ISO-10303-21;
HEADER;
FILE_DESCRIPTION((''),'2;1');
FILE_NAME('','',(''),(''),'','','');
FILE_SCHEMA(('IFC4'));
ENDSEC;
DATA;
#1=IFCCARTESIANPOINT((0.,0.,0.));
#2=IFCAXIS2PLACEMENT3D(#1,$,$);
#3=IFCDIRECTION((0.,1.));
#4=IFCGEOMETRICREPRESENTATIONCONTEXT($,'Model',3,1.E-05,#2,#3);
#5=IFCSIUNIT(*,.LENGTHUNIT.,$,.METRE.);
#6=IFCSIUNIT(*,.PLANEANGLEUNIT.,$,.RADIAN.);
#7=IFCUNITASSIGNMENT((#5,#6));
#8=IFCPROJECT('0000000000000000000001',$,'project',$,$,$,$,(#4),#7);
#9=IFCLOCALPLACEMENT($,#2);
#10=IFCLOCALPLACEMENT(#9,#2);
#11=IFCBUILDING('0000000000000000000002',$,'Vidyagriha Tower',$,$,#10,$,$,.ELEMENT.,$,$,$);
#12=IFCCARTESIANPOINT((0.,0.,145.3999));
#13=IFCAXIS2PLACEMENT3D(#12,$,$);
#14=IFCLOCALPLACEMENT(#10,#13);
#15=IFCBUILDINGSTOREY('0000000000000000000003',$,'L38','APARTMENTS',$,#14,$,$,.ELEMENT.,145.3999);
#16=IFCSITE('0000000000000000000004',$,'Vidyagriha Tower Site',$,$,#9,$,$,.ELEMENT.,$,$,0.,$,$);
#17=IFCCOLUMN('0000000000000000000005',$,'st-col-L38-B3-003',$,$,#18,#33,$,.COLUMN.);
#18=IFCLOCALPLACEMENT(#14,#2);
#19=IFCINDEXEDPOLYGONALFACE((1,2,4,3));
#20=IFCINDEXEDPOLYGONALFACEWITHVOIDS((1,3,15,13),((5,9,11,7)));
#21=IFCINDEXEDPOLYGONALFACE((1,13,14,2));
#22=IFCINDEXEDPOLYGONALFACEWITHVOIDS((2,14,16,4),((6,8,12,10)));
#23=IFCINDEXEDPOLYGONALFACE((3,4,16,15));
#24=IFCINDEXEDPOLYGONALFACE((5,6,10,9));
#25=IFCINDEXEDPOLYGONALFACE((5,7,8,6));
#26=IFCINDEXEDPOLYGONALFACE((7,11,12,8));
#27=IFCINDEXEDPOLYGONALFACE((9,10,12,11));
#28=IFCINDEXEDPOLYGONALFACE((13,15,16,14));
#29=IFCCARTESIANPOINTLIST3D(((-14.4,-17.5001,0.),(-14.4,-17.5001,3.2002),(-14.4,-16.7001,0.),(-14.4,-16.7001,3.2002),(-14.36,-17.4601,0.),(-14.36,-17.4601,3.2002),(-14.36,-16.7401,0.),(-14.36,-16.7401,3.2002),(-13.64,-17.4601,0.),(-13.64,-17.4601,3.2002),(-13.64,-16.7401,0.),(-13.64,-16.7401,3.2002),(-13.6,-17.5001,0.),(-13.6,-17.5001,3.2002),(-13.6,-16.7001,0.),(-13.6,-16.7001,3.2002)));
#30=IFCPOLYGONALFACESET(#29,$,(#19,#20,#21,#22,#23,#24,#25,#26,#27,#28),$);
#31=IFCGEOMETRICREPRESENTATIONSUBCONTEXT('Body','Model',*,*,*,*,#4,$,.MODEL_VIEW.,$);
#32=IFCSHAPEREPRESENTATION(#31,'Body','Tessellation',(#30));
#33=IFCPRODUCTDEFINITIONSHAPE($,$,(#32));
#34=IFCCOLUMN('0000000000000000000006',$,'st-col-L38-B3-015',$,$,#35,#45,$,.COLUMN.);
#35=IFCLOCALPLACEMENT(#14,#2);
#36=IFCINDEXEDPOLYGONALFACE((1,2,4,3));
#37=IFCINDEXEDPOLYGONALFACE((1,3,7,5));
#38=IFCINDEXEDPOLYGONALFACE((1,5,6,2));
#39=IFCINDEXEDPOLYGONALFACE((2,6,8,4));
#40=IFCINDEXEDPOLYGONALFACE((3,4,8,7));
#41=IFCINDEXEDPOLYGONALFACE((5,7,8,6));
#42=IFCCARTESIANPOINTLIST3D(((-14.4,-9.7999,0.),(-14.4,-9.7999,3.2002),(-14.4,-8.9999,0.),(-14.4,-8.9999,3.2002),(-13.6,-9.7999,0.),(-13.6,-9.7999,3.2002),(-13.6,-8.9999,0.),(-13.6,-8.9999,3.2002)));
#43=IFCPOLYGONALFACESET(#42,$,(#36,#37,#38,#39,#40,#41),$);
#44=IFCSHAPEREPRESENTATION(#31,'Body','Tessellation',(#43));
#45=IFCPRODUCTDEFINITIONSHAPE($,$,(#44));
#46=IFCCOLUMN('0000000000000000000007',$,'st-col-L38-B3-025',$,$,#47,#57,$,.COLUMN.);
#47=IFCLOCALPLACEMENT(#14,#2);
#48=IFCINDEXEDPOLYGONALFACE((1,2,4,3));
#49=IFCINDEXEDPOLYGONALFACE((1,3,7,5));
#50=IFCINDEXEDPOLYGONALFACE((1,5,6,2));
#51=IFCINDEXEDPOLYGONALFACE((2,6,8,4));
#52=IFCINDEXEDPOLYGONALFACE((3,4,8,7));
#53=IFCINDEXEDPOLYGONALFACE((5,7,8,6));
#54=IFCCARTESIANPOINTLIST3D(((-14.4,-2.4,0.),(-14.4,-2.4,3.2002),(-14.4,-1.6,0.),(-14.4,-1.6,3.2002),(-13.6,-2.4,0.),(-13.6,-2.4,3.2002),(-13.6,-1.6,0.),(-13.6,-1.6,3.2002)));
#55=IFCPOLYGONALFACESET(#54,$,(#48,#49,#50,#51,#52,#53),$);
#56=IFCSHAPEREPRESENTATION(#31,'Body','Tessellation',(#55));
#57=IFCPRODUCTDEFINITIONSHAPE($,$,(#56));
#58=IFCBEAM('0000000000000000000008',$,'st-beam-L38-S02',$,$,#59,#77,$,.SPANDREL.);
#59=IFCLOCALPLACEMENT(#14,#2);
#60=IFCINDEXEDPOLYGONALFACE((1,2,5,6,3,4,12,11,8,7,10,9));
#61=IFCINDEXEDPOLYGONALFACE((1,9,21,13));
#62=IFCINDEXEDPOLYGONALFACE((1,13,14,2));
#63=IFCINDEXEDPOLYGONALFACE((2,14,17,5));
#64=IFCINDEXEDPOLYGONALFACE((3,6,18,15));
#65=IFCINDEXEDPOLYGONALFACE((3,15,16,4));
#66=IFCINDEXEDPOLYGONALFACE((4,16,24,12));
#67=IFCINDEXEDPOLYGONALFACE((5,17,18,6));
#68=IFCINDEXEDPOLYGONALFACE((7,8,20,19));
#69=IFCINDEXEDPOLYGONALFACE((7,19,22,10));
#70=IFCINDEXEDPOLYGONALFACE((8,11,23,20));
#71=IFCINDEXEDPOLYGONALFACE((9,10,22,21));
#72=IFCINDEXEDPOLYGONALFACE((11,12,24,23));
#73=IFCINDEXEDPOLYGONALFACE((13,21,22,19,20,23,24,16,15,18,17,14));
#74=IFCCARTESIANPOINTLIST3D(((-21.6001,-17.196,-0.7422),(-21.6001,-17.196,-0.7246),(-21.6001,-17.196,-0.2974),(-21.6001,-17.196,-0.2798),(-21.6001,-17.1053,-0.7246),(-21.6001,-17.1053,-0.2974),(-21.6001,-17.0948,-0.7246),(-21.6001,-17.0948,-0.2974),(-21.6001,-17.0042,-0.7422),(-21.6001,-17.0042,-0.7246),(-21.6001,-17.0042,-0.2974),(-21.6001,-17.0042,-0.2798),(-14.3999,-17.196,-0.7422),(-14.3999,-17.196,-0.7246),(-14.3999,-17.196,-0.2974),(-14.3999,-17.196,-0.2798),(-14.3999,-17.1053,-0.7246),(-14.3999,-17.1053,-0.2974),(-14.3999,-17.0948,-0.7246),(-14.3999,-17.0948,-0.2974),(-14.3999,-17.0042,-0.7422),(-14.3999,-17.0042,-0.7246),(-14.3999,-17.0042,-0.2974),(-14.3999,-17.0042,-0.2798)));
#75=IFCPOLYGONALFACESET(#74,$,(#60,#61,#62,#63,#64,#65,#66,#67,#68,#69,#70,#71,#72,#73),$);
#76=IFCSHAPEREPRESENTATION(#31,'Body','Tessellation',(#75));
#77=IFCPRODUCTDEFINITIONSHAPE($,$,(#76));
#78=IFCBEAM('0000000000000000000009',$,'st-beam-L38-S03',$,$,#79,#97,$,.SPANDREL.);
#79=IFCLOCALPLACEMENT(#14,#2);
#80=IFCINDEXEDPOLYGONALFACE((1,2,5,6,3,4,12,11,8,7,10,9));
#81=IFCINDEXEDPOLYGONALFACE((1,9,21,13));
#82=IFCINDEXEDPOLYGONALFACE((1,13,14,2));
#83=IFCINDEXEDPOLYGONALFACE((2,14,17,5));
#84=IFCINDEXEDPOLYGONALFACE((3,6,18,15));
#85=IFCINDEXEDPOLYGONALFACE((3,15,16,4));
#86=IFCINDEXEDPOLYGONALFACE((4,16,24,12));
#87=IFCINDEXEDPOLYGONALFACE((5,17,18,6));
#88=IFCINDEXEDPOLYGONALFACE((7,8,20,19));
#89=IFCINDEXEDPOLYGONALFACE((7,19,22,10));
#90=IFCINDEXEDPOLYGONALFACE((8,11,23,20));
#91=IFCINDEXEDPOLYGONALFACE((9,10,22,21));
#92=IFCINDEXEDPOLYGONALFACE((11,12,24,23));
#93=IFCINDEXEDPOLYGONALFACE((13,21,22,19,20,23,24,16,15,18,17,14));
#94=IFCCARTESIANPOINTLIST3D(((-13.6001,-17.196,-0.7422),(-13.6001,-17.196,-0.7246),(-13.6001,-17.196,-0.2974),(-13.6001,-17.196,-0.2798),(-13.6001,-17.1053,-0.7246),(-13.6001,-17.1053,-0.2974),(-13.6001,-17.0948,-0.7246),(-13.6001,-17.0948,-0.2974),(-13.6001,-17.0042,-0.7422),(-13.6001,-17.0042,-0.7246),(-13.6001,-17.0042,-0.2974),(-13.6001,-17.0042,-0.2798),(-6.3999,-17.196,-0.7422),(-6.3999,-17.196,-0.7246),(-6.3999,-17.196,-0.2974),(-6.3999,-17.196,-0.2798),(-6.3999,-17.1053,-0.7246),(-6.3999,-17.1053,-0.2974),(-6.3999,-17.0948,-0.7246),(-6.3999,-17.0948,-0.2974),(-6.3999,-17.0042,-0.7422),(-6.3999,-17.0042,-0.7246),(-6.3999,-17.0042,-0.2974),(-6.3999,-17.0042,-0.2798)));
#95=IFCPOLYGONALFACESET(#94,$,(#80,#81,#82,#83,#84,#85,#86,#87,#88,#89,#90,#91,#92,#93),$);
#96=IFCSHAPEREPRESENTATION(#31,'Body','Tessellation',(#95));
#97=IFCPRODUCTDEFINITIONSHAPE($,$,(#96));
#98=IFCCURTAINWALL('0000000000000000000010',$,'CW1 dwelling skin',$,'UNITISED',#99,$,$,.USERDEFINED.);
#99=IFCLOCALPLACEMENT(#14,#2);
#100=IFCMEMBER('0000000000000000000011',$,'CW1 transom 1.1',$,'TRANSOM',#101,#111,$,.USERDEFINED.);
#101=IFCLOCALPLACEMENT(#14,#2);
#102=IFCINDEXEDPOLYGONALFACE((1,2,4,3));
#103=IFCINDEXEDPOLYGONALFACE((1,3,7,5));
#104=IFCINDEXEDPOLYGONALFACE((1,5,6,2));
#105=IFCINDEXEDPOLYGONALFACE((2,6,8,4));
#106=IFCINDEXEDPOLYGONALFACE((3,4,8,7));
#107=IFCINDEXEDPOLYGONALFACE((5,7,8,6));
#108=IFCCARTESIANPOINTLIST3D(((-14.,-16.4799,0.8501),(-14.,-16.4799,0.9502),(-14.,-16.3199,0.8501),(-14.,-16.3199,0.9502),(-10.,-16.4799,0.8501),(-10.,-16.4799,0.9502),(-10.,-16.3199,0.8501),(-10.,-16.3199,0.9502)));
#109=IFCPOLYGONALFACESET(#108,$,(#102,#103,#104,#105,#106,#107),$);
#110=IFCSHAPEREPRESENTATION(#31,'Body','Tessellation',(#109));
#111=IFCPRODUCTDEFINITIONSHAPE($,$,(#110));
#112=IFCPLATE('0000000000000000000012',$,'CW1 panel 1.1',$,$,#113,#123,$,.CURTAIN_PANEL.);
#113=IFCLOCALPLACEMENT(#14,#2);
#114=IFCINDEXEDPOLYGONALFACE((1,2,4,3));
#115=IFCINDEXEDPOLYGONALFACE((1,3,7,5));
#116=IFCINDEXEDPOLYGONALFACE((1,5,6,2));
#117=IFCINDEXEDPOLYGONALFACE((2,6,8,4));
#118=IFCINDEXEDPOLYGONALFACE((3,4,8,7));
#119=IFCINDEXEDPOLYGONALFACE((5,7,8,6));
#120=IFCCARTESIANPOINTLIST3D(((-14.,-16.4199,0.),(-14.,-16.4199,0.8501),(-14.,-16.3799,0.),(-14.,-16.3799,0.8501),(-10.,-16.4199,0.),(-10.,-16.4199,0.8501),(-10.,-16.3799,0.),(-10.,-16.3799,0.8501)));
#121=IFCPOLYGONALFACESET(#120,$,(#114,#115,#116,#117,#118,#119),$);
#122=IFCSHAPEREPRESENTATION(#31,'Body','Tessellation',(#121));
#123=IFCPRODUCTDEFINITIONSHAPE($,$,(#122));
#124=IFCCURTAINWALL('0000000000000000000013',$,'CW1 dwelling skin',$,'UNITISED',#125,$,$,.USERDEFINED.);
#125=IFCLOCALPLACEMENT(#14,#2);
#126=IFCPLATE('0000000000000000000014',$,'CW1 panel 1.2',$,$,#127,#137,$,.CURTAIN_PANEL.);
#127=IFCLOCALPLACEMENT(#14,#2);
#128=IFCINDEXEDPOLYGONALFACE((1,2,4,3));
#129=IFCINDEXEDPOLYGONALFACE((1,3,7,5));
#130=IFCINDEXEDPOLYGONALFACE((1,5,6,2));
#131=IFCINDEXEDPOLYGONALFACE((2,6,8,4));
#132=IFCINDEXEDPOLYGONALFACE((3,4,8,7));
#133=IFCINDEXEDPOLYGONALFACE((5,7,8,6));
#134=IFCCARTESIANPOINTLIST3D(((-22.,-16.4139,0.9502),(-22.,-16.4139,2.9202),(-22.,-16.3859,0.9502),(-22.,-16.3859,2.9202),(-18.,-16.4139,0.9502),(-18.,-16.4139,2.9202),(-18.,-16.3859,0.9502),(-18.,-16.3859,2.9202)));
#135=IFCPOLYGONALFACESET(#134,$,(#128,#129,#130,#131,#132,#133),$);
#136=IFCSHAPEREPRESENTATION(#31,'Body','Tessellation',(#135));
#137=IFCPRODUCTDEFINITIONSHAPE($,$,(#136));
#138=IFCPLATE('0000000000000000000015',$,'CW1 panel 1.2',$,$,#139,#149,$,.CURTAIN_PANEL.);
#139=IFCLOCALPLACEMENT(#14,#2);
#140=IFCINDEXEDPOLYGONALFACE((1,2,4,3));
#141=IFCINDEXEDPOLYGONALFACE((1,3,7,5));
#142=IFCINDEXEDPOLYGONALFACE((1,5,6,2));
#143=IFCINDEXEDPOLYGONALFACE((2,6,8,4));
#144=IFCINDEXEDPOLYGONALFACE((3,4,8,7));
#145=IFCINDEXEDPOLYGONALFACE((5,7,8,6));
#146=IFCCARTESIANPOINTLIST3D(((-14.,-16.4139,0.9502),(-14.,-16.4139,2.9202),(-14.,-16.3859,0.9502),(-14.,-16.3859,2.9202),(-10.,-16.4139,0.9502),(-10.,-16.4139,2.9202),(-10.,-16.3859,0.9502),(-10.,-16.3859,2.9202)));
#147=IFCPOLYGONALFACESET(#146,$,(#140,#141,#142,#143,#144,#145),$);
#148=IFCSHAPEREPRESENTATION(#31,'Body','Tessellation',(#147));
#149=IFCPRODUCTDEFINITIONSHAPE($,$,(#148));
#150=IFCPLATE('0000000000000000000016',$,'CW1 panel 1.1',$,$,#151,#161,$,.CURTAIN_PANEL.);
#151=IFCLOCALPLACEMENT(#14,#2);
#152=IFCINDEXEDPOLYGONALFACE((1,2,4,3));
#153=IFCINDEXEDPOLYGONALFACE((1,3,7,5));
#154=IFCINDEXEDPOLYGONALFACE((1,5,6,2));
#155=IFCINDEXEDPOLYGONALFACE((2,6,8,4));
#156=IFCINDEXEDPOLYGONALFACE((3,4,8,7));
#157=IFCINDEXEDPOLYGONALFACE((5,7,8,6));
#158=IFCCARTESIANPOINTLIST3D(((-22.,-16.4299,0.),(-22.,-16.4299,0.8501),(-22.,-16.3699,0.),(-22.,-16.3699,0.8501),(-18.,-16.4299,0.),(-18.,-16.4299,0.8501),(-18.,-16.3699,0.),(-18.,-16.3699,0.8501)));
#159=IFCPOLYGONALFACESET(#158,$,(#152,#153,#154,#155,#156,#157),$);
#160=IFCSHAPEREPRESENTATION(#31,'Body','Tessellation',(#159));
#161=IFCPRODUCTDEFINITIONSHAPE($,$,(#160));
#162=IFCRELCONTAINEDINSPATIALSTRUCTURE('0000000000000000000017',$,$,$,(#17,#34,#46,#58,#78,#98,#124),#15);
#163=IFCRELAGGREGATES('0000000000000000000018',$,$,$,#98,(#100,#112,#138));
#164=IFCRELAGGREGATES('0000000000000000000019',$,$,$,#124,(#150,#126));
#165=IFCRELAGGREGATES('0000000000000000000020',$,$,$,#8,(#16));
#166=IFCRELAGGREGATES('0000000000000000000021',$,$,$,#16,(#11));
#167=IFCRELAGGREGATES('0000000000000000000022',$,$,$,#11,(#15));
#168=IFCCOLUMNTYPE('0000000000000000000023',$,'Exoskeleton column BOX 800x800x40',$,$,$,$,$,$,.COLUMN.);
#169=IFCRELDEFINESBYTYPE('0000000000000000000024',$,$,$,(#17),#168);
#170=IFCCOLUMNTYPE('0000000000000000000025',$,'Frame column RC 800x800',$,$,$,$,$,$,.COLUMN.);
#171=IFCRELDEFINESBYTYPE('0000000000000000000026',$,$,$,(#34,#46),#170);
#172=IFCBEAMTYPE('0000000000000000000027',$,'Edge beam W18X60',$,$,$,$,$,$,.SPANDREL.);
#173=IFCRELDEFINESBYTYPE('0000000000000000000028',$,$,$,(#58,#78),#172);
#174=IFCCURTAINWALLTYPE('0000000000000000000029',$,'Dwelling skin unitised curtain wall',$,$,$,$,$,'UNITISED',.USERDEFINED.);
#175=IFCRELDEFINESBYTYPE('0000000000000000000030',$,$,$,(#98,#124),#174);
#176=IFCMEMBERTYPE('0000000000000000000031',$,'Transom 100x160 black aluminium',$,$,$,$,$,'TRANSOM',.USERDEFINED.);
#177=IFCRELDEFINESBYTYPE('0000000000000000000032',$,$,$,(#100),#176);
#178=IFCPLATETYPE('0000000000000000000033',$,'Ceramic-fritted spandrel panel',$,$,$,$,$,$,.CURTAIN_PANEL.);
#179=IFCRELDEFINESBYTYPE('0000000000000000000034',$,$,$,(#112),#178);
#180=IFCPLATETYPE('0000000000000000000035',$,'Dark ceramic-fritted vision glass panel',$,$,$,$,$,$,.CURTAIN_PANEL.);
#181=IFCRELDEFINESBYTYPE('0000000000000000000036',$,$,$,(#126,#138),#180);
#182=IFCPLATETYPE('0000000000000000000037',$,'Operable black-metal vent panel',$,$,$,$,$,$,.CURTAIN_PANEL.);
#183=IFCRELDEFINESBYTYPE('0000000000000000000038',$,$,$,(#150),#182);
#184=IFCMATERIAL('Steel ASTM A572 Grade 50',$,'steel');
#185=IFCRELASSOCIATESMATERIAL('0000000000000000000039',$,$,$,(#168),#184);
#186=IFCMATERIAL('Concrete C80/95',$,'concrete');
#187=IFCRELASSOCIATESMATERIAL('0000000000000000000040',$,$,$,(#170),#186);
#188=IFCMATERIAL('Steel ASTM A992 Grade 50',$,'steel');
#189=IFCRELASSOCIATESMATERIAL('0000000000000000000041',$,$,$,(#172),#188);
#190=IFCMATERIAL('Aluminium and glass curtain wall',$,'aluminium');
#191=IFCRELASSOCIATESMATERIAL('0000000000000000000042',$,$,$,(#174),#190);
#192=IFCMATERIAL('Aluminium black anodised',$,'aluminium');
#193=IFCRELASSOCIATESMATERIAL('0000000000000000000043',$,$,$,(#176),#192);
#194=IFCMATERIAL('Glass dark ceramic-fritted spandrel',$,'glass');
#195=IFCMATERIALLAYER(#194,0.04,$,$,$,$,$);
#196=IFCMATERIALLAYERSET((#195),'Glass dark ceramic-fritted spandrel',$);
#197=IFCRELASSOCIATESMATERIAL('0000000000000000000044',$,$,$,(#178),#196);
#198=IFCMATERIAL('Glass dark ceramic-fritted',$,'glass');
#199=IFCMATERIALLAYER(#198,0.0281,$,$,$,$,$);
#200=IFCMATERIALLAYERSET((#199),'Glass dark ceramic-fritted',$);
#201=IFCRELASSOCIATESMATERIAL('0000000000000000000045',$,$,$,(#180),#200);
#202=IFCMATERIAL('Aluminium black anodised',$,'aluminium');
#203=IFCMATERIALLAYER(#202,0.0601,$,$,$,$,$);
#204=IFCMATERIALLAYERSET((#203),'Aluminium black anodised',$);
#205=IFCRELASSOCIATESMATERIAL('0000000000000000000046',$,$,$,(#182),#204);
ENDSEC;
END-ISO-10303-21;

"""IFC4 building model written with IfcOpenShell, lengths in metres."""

from ifc_helpers import new_model, si_unit, direction, frame, origin, origin_2d, place, context, subcontext, project, spatial, rectangle, hollow_rectangle, i_section, extrude, material, layer, layer_set, material_profile, profile_set, type_object, element, aggregate, save


model = new_model("IFC4")

# Units and contexts
model_context = context("Model", 3, precision=1e-05, world=origin(), true_north=direction((0.0, 1.0)))
body_context = subcontext(model_context, "Body", "Model", "MODEL_VIEW")
ifc_project = project(units=[si_unit("LENGTHUNIT", "METRE"), si_unit("PLANEANGLEUNIT", "RADIAN")], contexts=[model_context])

# Site, building, storey
site_placement = place(None, origin())
site = spatial("IfcSite", under=ifc_project, at=site_placement, Name="Vidyagriha Tower Site", CompositionType="ELEMENT", RefElevation=0.0)
building_placement = place(site_placement, origin())
building = spatial("IfcBuilding", under=site, at=building_placement, Name="Vidyagriha Tower", CompositionType="ELEMENT")
storey_placement = place(building_placement, frame((0.0, 0.0, 145.3999)))
storey = spatial("IfcBuildingStorey", under=building, at=storey_placement, Name="L38", Description="APARTMENTS", CompositionType="ELEMENT", Elevation=145.3999)

# Columns
ifc_material_1 = material(Name="Steel ASTM A572 Grade 50", Category="steel")
ifc_material_profile_1 = material_profile(ifc_material_1, hollow_rectangle(XDim=0.8, YDim=0.8, WallThickness=0.04, at=origin_2d()), Name="BOX 800x800x40")
ifc_profile_set_1 = profile_set([ifc_material_profile_1], Name="Steel ASTM A572 Grade 50")
column_type_1 = type_object("IfcColumnType", Name="Exoskeleton column BOX 800x800x40", PredefinedType="COLUMN", material=ifc_profile_set_1)
column_placement = place(storey_placement, frame((-14.0, -17.1001, 0.0)))
element("IfcColumn", 1, at=column_placement, inside=storey, type_object=column_type_1, Name="st-col-L38-B3-003", PredefinedType="COLUMN", context=body_context, shape_type="SweptSolid", body=[
    extrude(hollow_rectangle(XDim=0.8, YDim=0.8, WallThickness=0.04, at=origin_2d()), origin(), (0.0, 0.0, 1.0), 3.2002),
])
ifc_material_2 = material(Name="Concrete C80/95", Category="concrete")
ifc_material_profile_2 = material_profile(ifc_material_2, rectangle(XDim=0.8, YDim=0.8, at=origin_2d()), Name="RC 800x800")
ifc_profile_set_2 = profile_set([ifc_material_profile_2], Name="Concrete C80/95")
column_type_2 = type_object("IfcColumnType", Name="Frame column RC 800x800", PredefinedType="COLUMN", material=ifc_profile_set_2)
for number, where, name in (
    (2, (-14.0, -9.3999, 0.0), "st-col-L38-B3-015"),
    (3, (-14.0, -2.0, 0.0), "st-col-L38-B3-025"),
):
    element("IfcColumn", number, at=place(storey_placement, frame(where)), inside=storey, type_object=column_type_2, Name=name, PredefinedType="COLUMN", context=body_context, shape_type="SweptSolid", body=[
        extrude(rectangle(XDim=0.8, YDim=0.8, at=origin_2d()), origin(), (0.0, 0.0, 1.0), 3.2002),
    ])

# Beams
ifc_material_3 = material(Name="Steel ASTM A992 Grade 50", Category="steel")
ifc_material_profile_3 = material_profile(ifc_material_3, i_section(OverallWidth=0.1919, OverallDepth=0.4624, WebThickness=0.0105, FlangeThickness=0.0176, at=origin_2d()), Name="W18X60")
ifc_profile_set_3 = profile_set([ifc_material_profile_3], Name="Steel ASTM A992 Grade 50")
beam_type = type_object("IfcBeamType", Name="Edge beam W18X60", PredefinedType="SPANDREL", material=ifc_profile_set_3)
for number, where, z_axis, x_axis, name in (
    (4, (-21.6001, -17.1001, -0.511), (1.0, 0.0, 0.0), (0.0, 1.0, 0.0), "st-beam-L38-S02"),
    (5, (-13.6001, -17.1001, -0.511), (1.0, 0.0, 0.0), (0.0, 1.0, 0.0), "st-beam-L38-S03"),
):
    element("IfcBeam", number, at=place(storey_placement, frame(where, z_axis=z_axis, x_axis=x_axis)), inside=storey, type_object=beam_type, Name=name, PredefinedType="SPANDREL", context=body_context, shape_type="SweptSolid", body=[
        extrude(i_section(OverallWidth=0.1919, OverallDepth=0.4624, WebThickness=0.0105, FlangeThickness=0.0176, at=origin_2d()), origin(), (0.0, 0.0, 1.0), 7.2002),
    ])

# Curtain wall, member, plate
ifc_material_4 = material(Name="Aluminium and glass curtain wall", Category="aluminium")
curtain_wall_type = type_object("IfcCurtainWallType", Name="Dwelling skin unitised curtain wall", ElementType="UNITISED", PredefinedType="USERDEFINED", material=ifc_material_4)
curtain_wall_1_placement = place(storey_placement, origin())
curtain_wall_1 = element("IfcCurtainWall", 6, at=curtain_wall_1_placement, inside=storey, type_object=curtain_wall_type, Name="CW1 dwelling skin", ObjectType="UNITISED", PredefinedType="USERDEFINED")
ifc_material_5 = material(Name="Aluminium black anodised", Category="aluminium")
ifc_material_profile_4 = material_profile(ifc_material_5, rectangle(XDim=0.1599, YDim=0.1001, at=origin_2d()), Name="Transom 100x160 black aluminium")
ifc_profile_set_4 = profile_set([ifc_material_profile_4], Name="Aluminium black anodised")
member_type = type_object("IfcMemberType", Name="Transom 100x160 black aluminium", ElementType="TRANSOM", PredefinedType="USERDEFINED", material=ifc_profile_set_4)
member_placement = place(storey_placement, frame((-14.0, -16.3999, 0.9001), z_axis=(1.0, 0.0, 0.0), x_axis=(0.0, 1.0, 0.0)))
member = element("IfcMember", 7, at=member_placement, type_object=member_type, Name="CW1 transom 1.1", ObjectType="TRANSOM", PredefinedType="USERDEFINED", context=body_context, shape_type="SweptSolid", body=[
    extrude(rectangle(XDim=0.1599, YDim=0.1001, at=origin_2d()), origin(), (0.0, 0.0, 1.0), 4.0),
])
ifc_material_6 = material(Name="Glass dark ceramic-fritted spandrel", Category="glass")
ifc_layer_1 = layer(ifc_material_6, 0.04)
ifc_layer_set_1 = layer_set([ifc_layer_1], Name="Glass dark ceramic-fritted spandrel")
plate_type_1 = type_object("IfcPlateType", Name="Ceramic-fritted spandrel panel", PredefinedType="CURTAIN_PANEL", material=ifc_layer_set_1)
plate_1_placement = place(storey_placement, frame((-12.0, -16.3999, 0.0)))
plate_1 = element("IfcPlate", 8, at=plate_1_placement, type_object=plate_type_1, Name="CW1 panel 1.1", PredefinedType="CURTAIN_PANEL", context=body_context, shape_type="SweptSolid", body=[
    extrude(rectangle(XDim=4.0, YDim=0.04, at=origin_2d()), origin(), (0.0, 0.0, 1.0), 0.8501),
])

# Curtain wall, plate
curtain_wall_2_placement = place(storey_placement, origin())
curtain_wall_2 = element("IfcCurtainWall", 9, at=curtain_wall_2_placement, inside=storey, type_object=curtain_wall_type, Name="CW1 dwelling skin", ObjectType="UNITISED", PredefinedType="USERDEFINED")
ifc_material_7 = material(Name="Glass dark ceramic-fritted", Category="glass")
ifc_layer_2 = layer(ifc_material_7, 0.0281)
ifc_layer_set_2 = layer_set([ifc_layer_2], Name="Glass dark ceramic-fritted")
plate_type_2 = type_object("IfcPlateType", Name="Dark ceramic-fritted vision glass panel", PredefinedType="CURTAIN_PANEL", material=ifc_layer_set_2)
plate_2_placement = place(storey_placement, frame((-20.0, -16.3999, 0.9502)))
plate_2 = element("IfcPlate", 10, at=plate_2_placement, type_object=plate_type_2, Name="CW1 panel 1.2", PredefinedType="CURTAIN_PANEL", context=body_context, shape_type="SweptSolid", body=[
    extrude(rectangle(XDim=4.0, YDim=0.0281, at=origin_2d()), origin(), (0.0, 0.0, 1.0), 1.97),
])

# Plates
plate_3_placement = place(storey_placement, frame((-12.0, -16.3999, 0.9502)))
plate_3 = element("IfcPlate", 11, at=plate_3_placement, type_object=plate_type_2, Name="CW1 panel 1.2", PredefinedType="CURTAIN_PANEL", context=body_context, shape_type="SweptSolid", body=[
    extrude(rectangle(XDim=4.0, YDim=0.0281, at=origin_2d()), origin(), (0.0, 0.0, 1.0), 1.97),
])
aggregate(curtain_wall_1, [member, plate_1, plate_3])
ifc_material_8 = material(Name="Aluminium black anodised", Category="aluminium")
ifc_layer_3 = layer(ifc_material_8, 0.0601)
ifc_layer_set_3 = layer_set([ifc_layer_3], Name="Aluminium black anodised")
plate_type_3 = type_object("IfcPlateType", Name="Operable black-metal vent panel", PredefinedType="CURTAIN_PANEL", material=ifc_layer_set_3)
plate_4_placement = place(storey_placement, frame((-20.0, -16.3999, 0.0)))
plate_4 = element("IfcPlate", 12, at=plate_4_placement, type_object=plate_type_3, Name="CW1 panel 1.1", PredefinedType="CURTAIN_PANEL", context=body_context, shape_type="SweptSolid", body=[
    extrude(rectangle(XDim=4.0, YDim=0.0601, at=origin_2d()), origin(), (0.0, 0.0, 1.0), 0.8501),
])
aggregate(curtain_wall_2, [plate_4, plate_2])

save(model, "model.ifc")
